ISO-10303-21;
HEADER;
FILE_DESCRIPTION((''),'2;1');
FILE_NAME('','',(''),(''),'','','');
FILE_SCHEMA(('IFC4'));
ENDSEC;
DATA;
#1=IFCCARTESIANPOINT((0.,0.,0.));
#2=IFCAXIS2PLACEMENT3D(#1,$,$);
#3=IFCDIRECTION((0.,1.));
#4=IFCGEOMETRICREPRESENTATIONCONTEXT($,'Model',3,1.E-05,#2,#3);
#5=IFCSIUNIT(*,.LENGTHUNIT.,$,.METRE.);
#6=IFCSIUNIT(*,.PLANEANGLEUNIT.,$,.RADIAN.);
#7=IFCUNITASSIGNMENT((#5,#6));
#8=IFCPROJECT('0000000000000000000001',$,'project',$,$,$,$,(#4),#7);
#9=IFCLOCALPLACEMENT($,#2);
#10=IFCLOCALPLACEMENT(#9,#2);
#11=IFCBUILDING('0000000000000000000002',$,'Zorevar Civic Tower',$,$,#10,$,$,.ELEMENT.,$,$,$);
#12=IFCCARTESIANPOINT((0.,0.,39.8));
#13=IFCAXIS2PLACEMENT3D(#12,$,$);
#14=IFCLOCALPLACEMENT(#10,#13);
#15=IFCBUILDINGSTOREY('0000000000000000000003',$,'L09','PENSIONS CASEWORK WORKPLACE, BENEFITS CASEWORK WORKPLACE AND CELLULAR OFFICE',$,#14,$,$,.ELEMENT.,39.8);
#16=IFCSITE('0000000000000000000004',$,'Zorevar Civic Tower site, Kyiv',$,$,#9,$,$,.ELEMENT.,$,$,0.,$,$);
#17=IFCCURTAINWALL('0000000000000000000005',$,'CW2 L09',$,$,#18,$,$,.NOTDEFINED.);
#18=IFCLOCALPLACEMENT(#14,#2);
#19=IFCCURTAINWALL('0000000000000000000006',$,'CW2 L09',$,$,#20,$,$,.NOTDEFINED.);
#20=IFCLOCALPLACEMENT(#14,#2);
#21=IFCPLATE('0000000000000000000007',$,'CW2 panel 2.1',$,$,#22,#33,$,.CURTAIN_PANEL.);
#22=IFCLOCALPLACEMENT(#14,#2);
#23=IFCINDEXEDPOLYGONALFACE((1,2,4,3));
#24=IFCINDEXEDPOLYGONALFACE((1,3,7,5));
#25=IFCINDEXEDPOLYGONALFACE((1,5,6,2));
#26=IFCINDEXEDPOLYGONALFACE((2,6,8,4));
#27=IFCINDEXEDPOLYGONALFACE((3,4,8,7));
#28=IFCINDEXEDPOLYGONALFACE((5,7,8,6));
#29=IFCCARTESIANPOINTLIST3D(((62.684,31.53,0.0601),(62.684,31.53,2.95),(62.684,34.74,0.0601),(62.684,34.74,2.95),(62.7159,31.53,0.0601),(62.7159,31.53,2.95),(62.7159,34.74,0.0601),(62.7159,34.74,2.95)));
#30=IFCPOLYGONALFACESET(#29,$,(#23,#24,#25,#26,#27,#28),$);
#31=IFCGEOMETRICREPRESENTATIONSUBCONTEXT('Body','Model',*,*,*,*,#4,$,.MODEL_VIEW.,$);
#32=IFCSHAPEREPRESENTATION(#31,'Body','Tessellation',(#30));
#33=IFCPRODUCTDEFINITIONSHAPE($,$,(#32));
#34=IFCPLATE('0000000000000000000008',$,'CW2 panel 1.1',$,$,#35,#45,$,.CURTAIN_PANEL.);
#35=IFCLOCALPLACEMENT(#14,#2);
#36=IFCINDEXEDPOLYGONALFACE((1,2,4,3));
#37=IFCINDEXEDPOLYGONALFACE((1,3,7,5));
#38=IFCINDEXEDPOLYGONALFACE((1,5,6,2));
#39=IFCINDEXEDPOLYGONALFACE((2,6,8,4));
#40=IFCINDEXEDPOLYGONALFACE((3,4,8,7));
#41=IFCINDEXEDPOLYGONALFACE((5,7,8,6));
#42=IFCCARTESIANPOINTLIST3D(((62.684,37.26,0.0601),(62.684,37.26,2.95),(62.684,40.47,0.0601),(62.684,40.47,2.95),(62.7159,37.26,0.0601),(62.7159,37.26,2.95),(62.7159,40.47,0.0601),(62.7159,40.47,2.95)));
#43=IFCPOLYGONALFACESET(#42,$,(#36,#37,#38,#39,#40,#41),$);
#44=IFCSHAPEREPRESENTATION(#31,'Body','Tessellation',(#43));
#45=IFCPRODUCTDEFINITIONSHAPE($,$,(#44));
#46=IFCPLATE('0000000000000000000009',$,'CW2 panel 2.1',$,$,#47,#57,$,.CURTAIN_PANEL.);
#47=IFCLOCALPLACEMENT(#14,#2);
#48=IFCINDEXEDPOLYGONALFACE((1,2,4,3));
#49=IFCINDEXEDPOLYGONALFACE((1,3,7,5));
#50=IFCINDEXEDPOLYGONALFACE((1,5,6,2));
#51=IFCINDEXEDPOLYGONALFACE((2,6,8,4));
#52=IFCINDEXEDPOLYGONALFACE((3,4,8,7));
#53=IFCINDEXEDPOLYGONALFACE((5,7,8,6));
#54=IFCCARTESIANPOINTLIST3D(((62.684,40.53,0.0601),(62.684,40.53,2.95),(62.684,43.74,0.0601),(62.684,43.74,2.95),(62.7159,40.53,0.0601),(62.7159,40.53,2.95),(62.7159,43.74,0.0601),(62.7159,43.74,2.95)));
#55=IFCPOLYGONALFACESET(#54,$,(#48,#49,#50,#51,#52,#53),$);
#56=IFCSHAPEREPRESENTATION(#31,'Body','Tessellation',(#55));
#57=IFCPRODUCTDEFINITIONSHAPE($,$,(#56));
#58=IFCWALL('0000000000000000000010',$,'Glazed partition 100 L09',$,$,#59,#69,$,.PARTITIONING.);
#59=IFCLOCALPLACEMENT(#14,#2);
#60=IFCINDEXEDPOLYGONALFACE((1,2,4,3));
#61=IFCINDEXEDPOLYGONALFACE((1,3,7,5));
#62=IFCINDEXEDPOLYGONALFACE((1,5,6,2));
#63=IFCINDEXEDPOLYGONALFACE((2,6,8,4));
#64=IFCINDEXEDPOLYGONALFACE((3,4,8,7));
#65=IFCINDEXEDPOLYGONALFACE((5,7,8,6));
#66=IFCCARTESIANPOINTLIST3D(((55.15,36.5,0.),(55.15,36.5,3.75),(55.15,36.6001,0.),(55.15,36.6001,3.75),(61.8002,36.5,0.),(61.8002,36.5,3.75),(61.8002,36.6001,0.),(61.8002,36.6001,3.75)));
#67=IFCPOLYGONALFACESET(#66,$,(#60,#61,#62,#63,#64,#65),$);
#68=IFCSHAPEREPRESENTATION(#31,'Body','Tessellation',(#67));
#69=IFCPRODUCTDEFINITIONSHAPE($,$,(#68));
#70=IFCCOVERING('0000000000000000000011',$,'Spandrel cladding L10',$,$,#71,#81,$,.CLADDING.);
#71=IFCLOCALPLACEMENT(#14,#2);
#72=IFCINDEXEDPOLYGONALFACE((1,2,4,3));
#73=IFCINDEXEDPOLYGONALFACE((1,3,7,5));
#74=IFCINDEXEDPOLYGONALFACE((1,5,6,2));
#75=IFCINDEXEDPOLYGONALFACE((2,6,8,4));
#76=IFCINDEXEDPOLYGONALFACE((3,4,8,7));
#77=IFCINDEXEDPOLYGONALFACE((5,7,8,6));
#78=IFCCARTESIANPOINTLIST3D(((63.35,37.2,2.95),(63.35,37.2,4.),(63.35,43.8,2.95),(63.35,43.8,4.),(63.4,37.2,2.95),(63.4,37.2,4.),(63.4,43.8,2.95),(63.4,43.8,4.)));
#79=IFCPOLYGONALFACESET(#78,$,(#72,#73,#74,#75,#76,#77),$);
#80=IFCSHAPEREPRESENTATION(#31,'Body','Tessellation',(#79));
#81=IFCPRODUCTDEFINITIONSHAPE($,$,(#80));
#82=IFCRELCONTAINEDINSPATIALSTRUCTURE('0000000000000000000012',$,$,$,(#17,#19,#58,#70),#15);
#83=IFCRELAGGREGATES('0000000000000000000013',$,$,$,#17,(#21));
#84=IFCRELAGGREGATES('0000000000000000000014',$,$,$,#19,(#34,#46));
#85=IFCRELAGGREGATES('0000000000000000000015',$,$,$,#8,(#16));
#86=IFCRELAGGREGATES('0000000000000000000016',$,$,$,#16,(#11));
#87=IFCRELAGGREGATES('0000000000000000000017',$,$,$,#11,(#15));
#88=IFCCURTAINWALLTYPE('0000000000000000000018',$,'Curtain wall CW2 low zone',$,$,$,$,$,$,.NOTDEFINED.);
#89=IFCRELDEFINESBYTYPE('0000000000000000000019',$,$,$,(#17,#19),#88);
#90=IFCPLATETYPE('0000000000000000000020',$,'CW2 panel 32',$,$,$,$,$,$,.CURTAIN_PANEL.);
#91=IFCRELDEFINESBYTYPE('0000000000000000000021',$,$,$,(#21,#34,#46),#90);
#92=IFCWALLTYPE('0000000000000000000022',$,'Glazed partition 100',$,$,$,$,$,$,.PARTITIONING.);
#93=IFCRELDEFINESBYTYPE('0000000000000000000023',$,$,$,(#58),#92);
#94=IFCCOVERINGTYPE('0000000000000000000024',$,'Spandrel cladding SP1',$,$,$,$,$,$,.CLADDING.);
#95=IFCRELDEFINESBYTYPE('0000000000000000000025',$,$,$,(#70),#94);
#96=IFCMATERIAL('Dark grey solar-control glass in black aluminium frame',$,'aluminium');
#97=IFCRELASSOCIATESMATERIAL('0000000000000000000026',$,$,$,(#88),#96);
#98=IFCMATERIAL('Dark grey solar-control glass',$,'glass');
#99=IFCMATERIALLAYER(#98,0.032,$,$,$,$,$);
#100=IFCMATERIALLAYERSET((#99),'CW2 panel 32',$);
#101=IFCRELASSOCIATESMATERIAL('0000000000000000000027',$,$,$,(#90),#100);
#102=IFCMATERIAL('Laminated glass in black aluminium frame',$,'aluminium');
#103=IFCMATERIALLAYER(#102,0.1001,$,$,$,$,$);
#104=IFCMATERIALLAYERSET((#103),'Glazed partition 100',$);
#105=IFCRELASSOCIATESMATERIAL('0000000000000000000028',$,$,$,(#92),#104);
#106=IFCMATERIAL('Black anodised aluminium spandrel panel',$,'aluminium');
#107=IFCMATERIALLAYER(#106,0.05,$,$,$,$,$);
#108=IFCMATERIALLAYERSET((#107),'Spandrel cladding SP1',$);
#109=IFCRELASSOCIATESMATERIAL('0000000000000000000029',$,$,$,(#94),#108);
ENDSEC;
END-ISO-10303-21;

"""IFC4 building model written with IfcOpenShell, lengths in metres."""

from ifc_helpers import new_model, si_unit, direction, frame, frame_2d, origin, origin_2d, place, context, subcontext, project, spatial, rectangle, extrude, material, layer, layer_set, type_object, element, aggregate, save


model = new_model("IFC4")

# Units and contexts
model_context = context("Model", 3, precision=1e-05, world=origin(), true_north=direction((0.0, 1.0)))
body_context = subcontext(model_context, "Body", "Model", "MODEL_VIEW")
ifc_project = project(units=[si_unit("LENGTHUNIT", "METRE"), si_unit("PLANEANGLEUNIT", "RADIAN")], contexts=[model_context])

# Site, building, storey
site_placement = place(None, origin())
site = spatial("IfcSite", under=ifc_project, at=site_placement, Name="Zorevar Civic Tower site, Kyiv", CompositionType="ELEMENT", RefElevation=0.0)
building_placement = place(site_placement, origin())
building = spatial("IfcBuilding", under=site, at=building_placement, Name="Zorevar Civic Tower", CompositionType="ELEMENT")
storey_placement = place(building_placement, frame((0.0, 0.0, 39.8)))
storey = spatial("IfcBuildingStorey", under=building, at=storey_placement, Name="L09", Description="PENSIONS CASEWORK WORKPLACE, BENEFITS CASEWORK WORKPLACE AND CELLULAR OFFICE", CompositionType="ELEMENT", Elevation=39.8)

# Curtain walls
ifc_material_1 = material(Name="Dark grey solar-control glass in black aluminium frame", Category="aluminium")
curtain_wall_type = type_object("IfcCurtainWallType", Name="Curtain wall CW2 low zone", PredefinedType="NOTDEFINED", material=ifc_material_1)
curtain_wall_1_placement = place(storey_placement, origin())
curtain_wall_1 = element("IfcCurtainWall", 1, at=curtain_wall_1_placement, inside=storey, type_object=curtain_wall_type, Name="CW2 L09", PredefinedType="NOTDEFINED")
curtain_wall_2_placement = place(storey_placement, origin())
curtain_wall_2 = element("IfcCurtainWall", 2, at=curtain_wall_2_placement, inside=storey, type_object=curtain_wall_type, Name="CW2 L09", PredefinedType="NOTDEFINED")

# Plates
ifc_material_2 = material(Name="Dark grey solar-control glass", Category="glass")
ifc_layer_1 = layer(ifc_material_2, 0.032)
ifc_layer_set_1 = layer_set([ifc_layer_1], Name="CW2 panel 32")
plate_type = type_object("IfcPlateType", Name="CW2 panel 32", PredefinedType="CURTAIN_PANEL", material=ifc_layer_set_1)
plate_1_placement = place(storey_placement, frame((62.7, 33.135, 0.0601), z_axis=(0.0, 0.0, 1.0), x_axis=(0.0, 1.0, 0.0)))
plate_1 = element("IfcPlate", 3, at=plate_1_placement, type_object=plate_type, Name="CW2 panel 2.1", PredefinedType="CURTAIN_PANEL", context=body_context, shape_type="SweptSolid", body=[
    extrude(rectangle(XDim=3.21, YDim=0.032, at=origin_2d()), origin(), (0.0, 0.0, 1.0), 2.8899),
])
aggregate(curtain_wall_1, [plate_1])
plate_2_placement = place(storey_placement, frame((62.7, 38.865, 0.0601), z_axis=(0.0, 0.0, 1.0), x_axis=(0.0, 1.0, 0.0)))
plate_2 = element("IfcPlate", 4, at=plate_2_placement, type_object=plate_type, Name="CW2 panel 1.1", PredefinedType="CURTAIN_PANEL", context=body_context, shape_type="SweptSolid", body=[
    extrude(rectangle(XDim=3.21, YDim=0.032, at=origin_2d()), origin(), (0.0, 0.0, 1.0), 2.8899),
])
plate_3_placement = place(storey_placement, frame((62.7, 42.135, 0.0601), z_axis=(0.0, 0.0, 1.0), x_axis=(0.0, 1.0, 0.0)))
plate_3 = element("IfcPlate", 5, at=plate_3_placement, type_object=plate_type, Name="CW2 panel 2.1", PredefinedType="CURTAIN_PANEL", context=body_context, shape_type="SweptSolid", body=[
    extrude(rectangle(XDim=3.21, YDim=0.032, at=origin_2d()), origin(), (0.0, 0.0, 1.0), 2.8899),
])
aggregate(curtain_wall_2, [plate_2, plate_3])

# Wall
ifc_material_3 = material(Name="Laminated glass in black aluminium frame", Category="aluminium")
ifc_layer_2 = layer(ifc_material_3, 0.1001)
ifc_layer_set_2 = layer_set([ifc_layer_2], Name="Glazed partition 100")
wall_type = type_object("IfcWallType", Name="Glazed partition 100", PredefinedType="PARTITIONING", material=ifc_layer_set_2)
wall_placement = place(storey_placement, frame((55.1499, 36.55, 0.0), z_axis=(0.0, 0.0, 1.0), x_axis=(1.0, 0.0, 0.0)))
element("IfcWall", 6, at=wall_placement, inside=storey, type_object=wall_type, Name="Glazed partition 100 L09", PredefinedType="PARTITIONING", context=body_context, shape_type="SweptSolid", body=[
    extrude(rectangle(XDim=6.6501, YDim=0.1001, at=frame_2d((3.3252, 0.0))), origin(), (0.0, 0.0, 1.0), 3.75),
])

# Covering
ifc_material_4 = material(Name="Black anodised aluminium spandrel panel", Category="aluminium")
ifc_layer_3 = layer(ifc_material_4, 0.05)
ifc_layer_set_3 = layer_set([ifc_layer_3], Name="Spandrel cladding SP1")
covering_type = type_object("IfcCoveringType", Name="Spandrel cladding SP1", PredefinedType="CLADDING", material=ifc_layer_set_3)
covering_placement = place(storey_placement, frame((63.375, 37.2, 2.95), z_axis=(0.0, 0.0, 1.0), x_axis=(0.0, 1.0, 0.0)))
element("IfcCovering", 7, at=covering_placement, inside=storey, type_object=covering_type, Name="Spandrel cladding L10", PredefinedType="CLADDING", context=body_context, shape_type="SweptSolid", body=[
    extrude(rectangle(XDim=6.6001, YDim=0.05, at=frame_2d((3.3, 0.0))), origin(), (0.0, 0.0, 1.0), 1.05),
])

save(model, "model.ifc")
